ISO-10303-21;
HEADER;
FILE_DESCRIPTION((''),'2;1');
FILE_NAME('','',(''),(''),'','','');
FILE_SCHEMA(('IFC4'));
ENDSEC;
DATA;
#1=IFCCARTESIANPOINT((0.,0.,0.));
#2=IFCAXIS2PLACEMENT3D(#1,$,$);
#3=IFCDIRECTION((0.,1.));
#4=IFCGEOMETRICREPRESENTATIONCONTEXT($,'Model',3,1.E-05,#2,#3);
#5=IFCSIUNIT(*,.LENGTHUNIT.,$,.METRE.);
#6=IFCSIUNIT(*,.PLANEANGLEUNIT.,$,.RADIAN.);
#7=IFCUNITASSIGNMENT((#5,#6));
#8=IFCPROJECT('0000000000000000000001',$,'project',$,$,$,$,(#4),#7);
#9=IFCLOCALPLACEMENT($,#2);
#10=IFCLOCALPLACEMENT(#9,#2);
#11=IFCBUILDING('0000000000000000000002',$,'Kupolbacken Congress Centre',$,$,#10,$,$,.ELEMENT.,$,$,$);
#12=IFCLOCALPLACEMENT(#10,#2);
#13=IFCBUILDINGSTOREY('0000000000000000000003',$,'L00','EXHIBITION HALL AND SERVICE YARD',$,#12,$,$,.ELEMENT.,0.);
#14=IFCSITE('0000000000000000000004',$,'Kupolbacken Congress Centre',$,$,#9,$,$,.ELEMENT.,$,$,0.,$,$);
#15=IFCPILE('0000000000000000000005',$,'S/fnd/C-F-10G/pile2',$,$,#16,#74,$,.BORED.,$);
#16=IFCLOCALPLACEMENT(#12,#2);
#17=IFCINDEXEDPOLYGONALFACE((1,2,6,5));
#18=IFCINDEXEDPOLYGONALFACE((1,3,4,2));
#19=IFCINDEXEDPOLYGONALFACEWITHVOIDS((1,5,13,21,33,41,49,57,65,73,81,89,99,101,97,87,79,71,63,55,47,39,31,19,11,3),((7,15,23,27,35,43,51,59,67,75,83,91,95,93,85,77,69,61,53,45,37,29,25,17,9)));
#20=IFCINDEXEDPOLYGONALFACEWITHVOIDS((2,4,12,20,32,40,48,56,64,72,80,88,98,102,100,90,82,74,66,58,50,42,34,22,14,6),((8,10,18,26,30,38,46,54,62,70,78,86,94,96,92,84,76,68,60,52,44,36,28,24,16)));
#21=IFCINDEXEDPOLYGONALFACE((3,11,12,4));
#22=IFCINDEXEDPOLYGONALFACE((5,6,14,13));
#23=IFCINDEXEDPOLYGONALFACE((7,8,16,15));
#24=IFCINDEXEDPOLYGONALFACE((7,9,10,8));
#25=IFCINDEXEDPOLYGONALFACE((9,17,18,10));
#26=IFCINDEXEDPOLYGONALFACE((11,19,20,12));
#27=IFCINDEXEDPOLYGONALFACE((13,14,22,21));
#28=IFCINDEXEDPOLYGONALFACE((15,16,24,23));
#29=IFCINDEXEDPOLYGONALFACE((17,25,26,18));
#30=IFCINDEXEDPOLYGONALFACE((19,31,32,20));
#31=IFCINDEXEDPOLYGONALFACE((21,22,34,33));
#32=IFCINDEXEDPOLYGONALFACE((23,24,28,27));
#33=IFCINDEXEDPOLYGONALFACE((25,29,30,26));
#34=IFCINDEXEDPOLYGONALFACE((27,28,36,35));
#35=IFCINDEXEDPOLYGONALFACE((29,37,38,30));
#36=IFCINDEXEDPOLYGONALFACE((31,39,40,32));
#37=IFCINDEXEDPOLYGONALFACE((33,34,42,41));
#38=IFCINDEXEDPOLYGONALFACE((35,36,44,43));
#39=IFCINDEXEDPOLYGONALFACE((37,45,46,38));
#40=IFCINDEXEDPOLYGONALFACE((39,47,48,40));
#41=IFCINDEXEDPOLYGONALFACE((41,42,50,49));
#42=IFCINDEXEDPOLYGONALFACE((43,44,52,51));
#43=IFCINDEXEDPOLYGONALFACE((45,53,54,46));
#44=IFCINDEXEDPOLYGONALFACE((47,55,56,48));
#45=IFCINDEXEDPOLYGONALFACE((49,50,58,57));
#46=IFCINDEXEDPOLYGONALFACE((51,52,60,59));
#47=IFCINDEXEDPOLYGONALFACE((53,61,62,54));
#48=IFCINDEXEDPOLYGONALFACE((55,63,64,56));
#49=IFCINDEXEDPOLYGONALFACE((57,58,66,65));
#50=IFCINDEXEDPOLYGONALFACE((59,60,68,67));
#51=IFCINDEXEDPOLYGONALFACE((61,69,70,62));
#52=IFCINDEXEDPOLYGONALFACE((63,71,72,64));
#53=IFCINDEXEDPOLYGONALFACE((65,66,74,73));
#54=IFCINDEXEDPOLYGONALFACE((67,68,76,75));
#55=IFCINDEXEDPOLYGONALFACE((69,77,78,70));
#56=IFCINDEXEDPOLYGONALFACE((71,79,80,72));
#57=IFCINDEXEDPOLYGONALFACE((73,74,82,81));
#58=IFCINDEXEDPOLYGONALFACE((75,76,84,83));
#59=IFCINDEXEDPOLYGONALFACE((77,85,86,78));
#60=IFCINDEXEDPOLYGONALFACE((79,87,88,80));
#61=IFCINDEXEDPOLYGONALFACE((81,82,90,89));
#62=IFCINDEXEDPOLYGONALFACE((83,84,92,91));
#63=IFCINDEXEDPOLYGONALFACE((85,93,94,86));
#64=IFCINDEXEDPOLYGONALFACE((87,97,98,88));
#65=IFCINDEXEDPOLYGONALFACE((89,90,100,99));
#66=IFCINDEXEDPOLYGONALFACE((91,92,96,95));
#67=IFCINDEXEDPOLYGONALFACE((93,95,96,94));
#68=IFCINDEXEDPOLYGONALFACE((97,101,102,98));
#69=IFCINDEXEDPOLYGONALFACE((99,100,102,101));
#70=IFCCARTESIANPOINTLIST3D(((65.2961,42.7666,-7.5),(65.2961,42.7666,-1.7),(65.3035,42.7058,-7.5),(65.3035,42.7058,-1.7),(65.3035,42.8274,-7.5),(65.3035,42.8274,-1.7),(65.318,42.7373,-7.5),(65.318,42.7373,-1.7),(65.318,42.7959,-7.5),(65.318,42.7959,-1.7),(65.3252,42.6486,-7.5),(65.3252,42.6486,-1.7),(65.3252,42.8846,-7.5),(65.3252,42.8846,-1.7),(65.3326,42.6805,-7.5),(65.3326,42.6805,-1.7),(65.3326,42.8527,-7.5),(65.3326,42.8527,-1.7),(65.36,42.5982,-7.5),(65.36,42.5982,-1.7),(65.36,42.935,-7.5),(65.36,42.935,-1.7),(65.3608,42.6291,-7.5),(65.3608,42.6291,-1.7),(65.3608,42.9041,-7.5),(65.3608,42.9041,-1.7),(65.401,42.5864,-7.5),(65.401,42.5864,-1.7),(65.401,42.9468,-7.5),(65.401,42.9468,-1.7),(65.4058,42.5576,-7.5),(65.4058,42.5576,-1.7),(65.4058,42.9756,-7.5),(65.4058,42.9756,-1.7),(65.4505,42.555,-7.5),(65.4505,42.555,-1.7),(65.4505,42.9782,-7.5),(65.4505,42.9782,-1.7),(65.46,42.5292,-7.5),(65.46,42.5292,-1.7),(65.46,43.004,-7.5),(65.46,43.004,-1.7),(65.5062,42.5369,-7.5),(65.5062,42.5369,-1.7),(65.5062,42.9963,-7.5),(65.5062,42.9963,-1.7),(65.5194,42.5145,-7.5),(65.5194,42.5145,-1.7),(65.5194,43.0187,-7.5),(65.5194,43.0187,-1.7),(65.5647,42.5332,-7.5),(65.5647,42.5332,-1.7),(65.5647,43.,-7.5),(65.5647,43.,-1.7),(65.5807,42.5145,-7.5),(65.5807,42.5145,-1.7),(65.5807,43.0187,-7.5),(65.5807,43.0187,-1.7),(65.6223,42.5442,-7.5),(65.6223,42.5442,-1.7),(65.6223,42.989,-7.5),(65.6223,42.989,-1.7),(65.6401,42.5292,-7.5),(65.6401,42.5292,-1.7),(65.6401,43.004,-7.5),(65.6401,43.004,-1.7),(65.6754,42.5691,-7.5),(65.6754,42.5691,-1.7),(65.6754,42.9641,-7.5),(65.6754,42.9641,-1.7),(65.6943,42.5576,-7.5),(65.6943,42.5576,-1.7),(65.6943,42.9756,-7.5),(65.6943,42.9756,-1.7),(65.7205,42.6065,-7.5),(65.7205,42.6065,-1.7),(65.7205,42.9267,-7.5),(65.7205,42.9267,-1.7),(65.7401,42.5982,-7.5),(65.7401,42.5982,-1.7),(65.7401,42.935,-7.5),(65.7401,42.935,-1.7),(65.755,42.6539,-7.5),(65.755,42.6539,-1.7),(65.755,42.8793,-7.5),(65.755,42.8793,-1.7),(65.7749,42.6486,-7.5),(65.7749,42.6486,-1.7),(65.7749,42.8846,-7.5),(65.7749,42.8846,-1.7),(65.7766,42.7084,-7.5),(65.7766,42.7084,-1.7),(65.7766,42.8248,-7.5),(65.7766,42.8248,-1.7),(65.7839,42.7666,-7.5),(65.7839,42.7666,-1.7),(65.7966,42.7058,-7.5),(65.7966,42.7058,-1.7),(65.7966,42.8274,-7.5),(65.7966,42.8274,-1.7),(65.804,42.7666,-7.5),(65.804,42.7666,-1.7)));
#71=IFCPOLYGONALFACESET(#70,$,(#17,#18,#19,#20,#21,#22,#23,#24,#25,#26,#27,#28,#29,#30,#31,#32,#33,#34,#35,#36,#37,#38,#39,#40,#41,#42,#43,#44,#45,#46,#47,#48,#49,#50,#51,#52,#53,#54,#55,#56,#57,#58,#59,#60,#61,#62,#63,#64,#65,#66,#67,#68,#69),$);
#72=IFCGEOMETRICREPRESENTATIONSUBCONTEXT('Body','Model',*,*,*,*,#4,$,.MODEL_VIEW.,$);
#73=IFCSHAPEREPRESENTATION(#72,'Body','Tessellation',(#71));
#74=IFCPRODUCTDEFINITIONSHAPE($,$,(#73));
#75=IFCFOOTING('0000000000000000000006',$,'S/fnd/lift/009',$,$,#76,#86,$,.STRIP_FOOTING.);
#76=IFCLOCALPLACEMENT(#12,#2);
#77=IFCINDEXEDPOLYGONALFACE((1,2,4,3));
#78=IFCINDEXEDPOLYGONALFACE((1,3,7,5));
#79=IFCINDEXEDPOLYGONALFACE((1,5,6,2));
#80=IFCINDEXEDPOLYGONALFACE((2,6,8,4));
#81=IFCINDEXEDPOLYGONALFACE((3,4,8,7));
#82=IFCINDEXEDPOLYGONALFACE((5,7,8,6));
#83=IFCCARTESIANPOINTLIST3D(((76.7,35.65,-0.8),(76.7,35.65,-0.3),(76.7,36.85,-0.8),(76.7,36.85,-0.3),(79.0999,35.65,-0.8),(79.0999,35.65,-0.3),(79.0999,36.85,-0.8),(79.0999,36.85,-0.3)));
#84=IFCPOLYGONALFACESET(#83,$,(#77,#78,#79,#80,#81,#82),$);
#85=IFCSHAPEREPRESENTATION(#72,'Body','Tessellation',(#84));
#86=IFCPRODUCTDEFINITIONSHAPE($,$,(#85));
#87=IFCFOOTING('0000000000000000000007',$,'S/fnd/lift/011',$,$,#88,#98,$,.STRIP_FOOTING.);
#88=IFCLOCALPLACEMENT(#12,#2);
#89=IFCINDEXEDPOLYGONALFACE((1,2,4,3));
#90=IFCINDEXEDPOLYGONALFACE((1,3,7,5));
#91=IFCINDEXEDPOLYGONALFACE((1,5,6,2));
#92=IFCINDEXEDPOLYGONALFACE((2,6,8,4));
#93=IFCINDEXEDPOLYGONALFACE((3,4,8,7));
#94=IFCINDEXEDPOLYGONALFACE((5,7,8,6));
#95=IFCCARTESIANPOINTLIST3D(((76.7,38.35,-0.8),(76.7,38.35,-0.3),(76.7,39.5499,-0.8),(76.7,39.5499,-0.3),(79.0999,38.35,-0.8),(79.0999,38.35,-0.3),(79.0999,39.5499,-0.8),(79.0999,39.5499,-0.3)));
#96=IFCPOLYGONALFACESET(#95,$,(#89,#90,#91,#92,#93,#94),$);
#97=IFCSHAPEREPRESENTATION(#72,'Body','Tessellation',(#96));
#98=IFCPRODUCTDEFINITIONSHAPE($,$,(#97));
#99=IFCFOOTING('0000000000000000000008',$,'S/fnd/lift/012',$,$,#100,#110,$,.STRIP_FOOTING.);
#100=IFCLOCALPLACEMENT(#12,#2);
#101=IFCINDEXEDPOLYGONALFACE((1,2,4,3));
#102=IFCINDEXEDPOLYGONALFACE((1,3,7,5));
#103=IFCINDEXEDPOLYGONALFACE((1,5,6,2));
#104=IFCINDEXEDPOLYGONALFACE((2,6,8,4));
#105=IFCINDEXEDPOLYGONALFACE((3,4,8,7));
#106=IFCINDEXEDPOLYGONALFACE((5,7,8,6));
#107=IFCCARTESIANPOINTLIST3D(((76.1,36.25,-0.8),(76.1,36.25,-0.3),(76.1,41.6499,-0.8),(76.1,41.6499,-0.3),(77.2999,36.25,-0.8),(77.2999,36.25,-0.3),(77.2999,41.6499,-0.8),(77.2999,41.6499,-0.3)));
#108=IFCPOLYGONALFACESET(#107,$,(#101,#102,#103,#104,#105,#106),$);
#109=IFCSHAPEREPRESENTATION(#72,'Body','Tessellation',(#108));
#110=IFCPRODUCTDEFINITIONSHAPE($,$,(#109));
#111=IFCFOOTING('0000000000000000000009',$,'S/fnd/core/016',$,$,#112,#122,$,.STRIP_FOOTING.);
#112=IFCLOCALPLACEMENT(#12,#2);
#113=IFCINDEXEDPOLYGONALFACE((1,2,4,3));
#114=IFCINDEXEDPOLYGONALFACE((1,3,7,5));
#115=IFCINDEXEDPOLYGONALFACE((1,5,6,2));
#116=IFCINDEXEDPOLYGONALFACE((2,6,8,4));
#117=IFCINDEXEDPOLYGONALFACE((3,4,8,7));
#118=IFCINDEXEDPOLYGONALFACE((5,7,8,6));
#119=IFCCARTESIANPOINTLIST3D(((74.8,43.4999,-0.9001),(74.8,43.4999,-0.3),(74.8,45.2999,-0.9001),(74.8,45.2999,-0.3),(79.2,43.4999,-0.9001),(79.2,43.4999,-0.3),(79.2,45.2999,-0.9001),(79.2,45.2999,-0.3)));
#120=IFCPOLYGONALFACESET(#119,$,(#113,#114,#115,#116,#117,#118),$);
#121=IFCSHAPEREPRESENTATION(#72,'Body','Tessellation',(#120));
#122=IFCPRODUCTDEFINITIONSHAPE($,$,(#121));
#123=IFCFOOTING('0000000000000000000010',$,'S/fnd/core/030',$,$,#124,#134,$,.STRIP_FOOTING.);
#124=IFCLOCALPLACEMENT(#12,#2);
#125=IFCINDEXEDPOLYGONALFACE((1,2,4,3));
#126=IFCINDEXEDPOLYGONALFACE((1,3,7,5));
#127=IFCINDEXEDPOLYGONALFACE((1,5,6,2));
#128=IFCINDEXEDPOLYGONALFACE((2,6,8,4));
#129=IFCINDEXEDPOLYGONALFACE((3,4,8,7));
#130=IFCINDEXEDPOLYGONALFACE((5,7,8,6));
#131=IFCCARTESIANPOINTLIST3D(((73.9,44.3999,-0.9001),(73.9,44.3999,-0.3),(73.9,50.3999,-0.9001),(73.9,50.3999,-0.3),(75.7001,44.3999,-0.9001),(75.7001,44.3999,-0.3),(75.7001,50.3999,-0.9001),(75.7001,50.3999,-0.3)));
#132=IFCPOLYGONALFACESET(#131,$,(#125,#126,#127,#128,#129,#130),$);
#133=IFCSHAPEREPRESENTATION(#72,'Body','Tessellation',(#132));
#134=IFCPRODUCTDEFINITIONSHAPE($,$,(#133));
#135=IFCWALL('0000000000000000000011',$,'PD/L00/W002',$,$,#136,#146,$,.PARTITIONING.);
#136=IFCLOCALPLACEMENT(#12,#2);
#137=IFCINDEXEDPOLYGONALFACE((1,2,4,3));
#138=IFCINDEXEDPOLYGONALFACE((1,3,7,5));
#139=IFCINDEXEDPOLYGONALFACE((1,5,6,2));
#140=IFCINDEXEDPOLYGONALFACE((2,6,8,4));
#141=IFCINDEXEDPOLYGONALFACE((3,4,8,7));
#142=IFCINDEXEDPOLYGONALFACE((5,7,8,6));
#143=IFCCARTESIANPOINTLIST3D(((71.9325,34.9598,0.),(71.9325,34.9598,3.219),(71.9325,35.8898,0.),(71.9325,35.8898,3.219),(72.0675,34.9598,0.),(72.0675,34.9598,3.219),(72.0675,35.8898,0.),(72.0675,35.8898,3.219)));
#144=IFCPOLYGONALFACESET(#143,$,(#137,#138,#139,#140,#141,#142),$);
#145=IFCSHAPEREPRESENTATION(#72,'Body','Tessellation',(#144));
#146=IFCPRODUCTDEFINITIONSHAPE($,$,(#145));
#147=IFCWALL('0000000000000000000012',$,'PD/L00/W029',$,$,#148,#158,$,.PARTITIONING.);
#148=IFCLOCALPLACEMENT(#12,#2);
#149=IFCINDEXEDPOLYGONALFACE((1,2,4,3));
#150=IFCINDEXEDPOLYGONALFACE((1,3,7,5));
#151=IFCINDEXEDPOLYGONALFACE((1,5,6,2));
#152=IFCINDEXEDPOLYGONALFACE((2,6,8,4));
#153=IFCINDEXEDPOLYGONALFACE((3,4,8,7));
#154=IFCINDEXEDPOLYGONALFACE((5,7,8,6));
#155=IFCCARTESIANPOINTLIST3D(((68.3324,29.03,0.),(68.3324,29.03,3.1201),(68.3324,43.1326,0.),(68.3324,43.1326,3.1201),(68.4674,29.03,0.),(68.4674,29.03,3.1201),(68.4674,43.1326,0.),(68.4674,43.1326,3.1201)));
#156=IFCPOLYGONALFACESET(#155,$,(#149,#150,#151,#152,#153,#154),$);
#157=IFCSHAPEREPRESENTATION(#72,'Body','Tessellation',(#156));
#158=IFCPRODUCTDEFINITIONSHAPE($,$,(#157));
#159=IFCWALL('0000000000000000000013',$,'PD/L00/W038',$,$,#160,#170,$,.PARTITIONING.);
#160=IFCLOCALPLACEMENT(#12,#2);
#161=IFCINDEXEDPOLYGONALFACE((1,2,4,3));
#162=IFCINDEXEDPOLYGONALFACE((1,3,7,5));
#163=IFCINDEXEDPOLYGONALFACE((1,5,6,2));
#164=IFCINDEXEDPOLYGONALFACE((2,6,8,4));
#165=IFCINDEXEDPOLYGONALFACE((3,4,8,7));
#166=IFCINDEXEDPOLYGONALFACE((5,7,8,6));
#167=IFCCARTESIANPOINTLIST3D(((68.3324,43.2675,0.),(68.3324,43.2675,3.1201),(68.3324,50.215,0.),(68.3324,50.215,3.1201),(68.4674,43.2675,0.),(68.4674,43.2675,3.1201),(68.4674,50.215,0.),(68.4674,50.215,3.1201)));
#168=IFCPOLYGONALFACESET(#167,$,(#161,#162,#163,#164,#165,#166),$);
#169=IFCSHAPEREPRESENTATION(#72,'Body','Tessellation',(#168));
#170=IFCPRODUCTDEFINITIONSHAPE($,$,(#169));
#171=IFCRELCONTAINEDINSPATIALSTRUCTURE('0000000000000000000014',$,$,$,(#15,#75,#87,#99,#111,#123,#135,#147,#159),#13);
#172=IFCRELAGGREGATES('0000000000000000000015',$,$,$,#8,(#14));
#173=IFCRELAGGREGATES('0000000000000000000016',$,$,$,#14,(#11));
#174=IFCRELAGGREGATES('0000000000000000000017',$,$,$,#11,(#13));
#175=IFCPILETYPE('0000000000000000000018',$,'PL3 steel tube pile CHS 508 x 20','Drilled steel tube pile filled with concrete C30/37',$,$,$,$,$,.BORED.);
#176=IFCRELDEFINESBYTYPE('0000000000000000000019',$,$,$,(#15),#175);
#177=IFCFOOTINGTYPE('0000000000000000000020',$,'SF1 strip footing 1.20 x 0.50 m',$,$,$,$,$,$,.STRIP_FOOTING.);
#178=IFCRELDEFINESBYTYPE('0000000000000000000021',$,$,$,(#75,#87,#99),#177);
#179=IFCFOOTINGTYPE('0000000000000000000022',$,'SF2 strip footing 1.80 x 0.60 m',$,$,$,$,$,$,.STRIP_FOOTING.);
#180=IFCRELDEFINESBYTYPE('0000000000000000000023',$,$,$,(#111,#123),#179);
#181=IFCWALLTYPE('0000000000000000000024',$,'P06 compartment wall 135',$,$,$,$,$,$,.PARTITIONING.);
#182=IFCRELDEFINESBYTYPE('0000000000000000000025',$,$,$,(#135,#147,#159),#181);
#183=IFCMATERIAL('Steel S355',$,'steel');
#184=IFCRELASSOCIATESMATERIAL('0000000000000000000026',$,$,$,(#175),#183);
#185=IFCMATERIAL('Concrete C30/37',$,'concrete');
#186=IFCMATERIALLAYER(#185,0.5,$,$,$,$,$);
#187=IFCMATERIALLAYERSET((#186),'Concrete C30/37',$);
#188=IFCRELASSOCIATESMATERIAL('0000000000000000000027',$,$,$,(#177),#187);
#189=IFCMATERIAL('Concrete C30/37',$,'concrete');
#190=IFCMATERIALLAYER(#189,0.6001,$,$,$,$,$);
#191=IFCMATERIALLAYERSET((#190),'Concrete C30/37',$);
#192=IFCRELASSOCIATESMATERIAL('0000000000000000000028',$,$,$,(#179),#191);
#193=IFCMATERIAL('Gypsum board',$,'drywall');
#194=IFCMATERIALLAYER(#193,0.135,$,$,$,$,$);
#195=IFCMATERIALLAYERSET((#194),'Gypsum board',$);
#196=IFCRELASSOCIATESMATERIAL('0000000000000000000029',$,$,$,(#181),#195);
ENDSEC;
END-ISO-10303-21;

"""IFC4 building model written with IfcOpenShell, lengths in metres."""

from ifc_helpers import new_model, si_unit, direction, frame, frame_2d, origin, origin_2d, place, context, subcontext, project, spatial, rectangle, hollow_circle, extrude, material, layer, layer_set, material_profile, profile_set, type_object, element, save


model = new_model("IFC4")

# Units and contexts
model_context = context("Model", 3, precision=1e-05, world=origin(), true_north=direction((0.0, 1.0)))
body_context = subcontext(model_context, "Body", "Model", "MODEL_VIEW")
ifc_project = project(units=[si_unit("LENGTHUNIT", "METRE"), si_unit("PLANEANGLEUNIT", "RADIAN")], contexts=[model_context])

# Site, building, storey
site_placement = place(None, origin())
site = spatial("IfcSite", under=ifc_project, at=site_placement, Name="Kupolbacken Congress Centre", CompositionType="ELEMENT", RefElevation=0.0)
building_placement = place(site_placement, origin())
building = spatial("IfcBuilding", under=site, at=building_placement, Name="Kupolbacken Congress Centre", CompositionType="ELEMENT")
storey_placement = place(building_placement, origin())
storey = spatial("IfcBuildingStorey", under=building, at=storey_placement, Name="L00", Description="EXHIBITION HALL AND SERVICE YARD", CompositionType="ELEMENT", Elevation=0.0)

# Pile
ifc_material_1 = material(Name="Steel S355", Category="steel")
ifc_material_profile = material_profile(ifc_material_1, hollow_circle(Radius=0.2539, WallThickness=0.02, at=origin_2d()), Name="CHS 508 x 20")
ifc_profile_set = profile_set([ifc_material_profile], Name="Steel S355")
pile_type = type_object("IfcPileType", Name="PL3 steel tube pile CHS 508 x 20", Description="Drilled steel tube pile filled with concrete C30/37", PredefinedType="BORED", material=ifc_profile_set)
pile_placement = place(storey_placement, frame((65.55, 42.7666, -1.7), z_axis=(0.0, 0.0, -1.0), x_axis=(1.0, 0.0, 0.0)))
element("IfcPile", 1, at=pile_placement, inside=storey, type_object=pile_type, Name="S/fnd/C-F-10G/pile2", PredefinedType="BORED", context=body_context, shape_type="SweptSolid", body=[
    extrude(hollow_circle(Radius=0.2539, WallThickness=0.02, at=origin_2d()), origin(), (0.0, 0.0, 1.0), 5.8),
])

# Footings
ifc_material_2 = material(Name="Concrete C30/37", Category="concrete")
ifc_layer_1 = layer(ifc_material_2, 0.5)
ifc_layer_set_1 = layer_set([ifc_layer_1], Name="Concrete C30/37")
footing_type_1 = type_object("IfcFootingType", Name="SF1 strip footing 1.20 x 0.50 m", PredefinedType="STRIP_FOOTING", material=ifc_layer_set_1)
for number, where, z_axis, x_axis, name in (
    (2, (77.8999, 36.25, -0.8), (0.0, 0.0, 1.0), (1.0, 0.0, 0.0), "S/fnd/lift/009"),
    (3, (77.8999, 38.95, -0.8), (0.0, 0.0, 1.0), (1.0, 0.0, 0.0), "S/fnd/lift/011"),
):
    element("IfcFooting", number, at=place(storey_placement, frame(where, z_axis=z_axis, x_axis=x_axis)), inside=storey, type_object=footing_type_1, Name=name, PredefinedType="STRIP_FOOTING", context=body_context, shape_type="SweptSolid", body=[
        extrude(rectangle(XDim=2.3999, YDim=1.2, at=origin_2d()), origin(), (0.0, 0.0, 1.0), 0.5),
    ])
footing_1_placement = place(storey_placement, frame((76.7, 38.95, -0.8), z_axis=(0.0, 0.0, 1.0), x_axis=(0.0, 1.0, 0.0)))
element("IfcFooting", 4, at=footing_1_placement, inside=storey, type_object=footing_type_1, Name="S/fnd/lift/012", PredefinedType="STRIP_FOOTING", context=body_context, shape_type="SweptSolid", body=[
    extrude(rectangle(XDim=5.3999, YDim=1.2, at=origin_2d()), origin(), (0.0, 0.0, 1.0), 0.5),
])
ifc_material_3 = material(Name="Concrete C30/37", Category="concrete")
ifc_layer_2 = layer(ifc_material_3, 0.6001)
ifc_layer_set_2 = layer_set([ifc_layer_2], Name="Concrete C30/37")
footing_type_2 = type_object("IfcFootingType", Name="SF2 strip footing 1.80 x 0.60 m", PredefinedType="STRIP_FOOTING", material=ifc_layer_set_2)
footing_2_placement = place(storey_placement, frame((77.0, 44.3999, -0.9001), z_axis=(0.0, 0.0, 1.0), x_axis=(1.0, 0.0, 0.0)))
element("IfcFooting", 5, at=footing_2_placement, inside=storey, type_object=footing_type_2, Name="S/fnd/core/016", PredefinedType="STRIP_FOOTING", context=body_context, shape_type="SweptSolid", body=[
    extrude(rectangle(XDim=4.3999, YDim=1.8, at=origin_2d()), origin(), (0.0, 0.0, 1.0), 0.6001),
])
footing_3_placement = place(storey_placement, frame((74.8, 47.3999, -0.9001), z_axis=(0.0, 0.0, 1.0), x_axis=(0.0, 1.0, 0.0)))
element("IfcFooting", 6, at=footing_3_placement, inside=storey, type_object=footing_type_2, Name="S/fnd/core/030", PredefinedType="STRIP_FOOTING", context=body_context, shape_type="SweptSolid", body=[
    extrude(rectangle(XDim=6.0, YDim=1.8, at=origin_2d()), origin(), (0.0, 0.0, 1.0), 0.6001),
])

# Walls
ifc_material_4 = material(Name="Gypsum board", Category="drywall")
ifc_layer_3 = layer(ifc_material_4, 0.135)
ifc_layer_set_3 = layer_set([ifc_layer_3], Name="Gypsum board")
wall_type_1 = type_object("IfcWallType", Name="P06 compartment wall 135", PredefinedType="PARTITIONING", material=ifc_layer_set_3)
wall_1_placement = place(storey_placement, frame((72.0, 34.96, 0.0), z_axis=(0.0, 0.0, 1.0), x_axis=(0.0, 1.0, 0.0)))
element("IfcWall", 7, at=wall_1_placement, inside=storey, type_object=wall_type_1, Name="PD/L00/W002", PredefinedType="PARTITIONING", context=body_context, shape_type="SweptSolid", body=[
    extrude(rectangle(XDim=0.9299, YDim=0.135, at=frame_2d((0.4648, 0.0))), origin(), (0.0, 0.0, 1.0), 3.219),
])
wall_2_placement = place(storey_placement, frame((68.3999, 43.1326, 0.0), z_axis=(0.0, 0.0, 1.0), x_axis=(0.0, -1.0, 0.0)))
element("IfcWall", 8, at=wall_2_placement, inside=storey, type_object=wall_type_1, Name="PD/L00/W029", PredefinedType="PARTITIONING", context=body_context, shape_type="SweptSolid", body=[
    extrude(rectangle(XDim=14.1025, YDim=0.135, at=frame_2d((7.0513, 0.0))), origin(), (0.0, 0.0, 1.0), 3.1201),
])
wall_3_placement = place(storey_placement, frame((68.3999, 43.2676, 0.0), z_axis=(0.0, 0.0, 1.0), x_axis=(0.0, 1.0, 0.0)))
element("IfcWall", 9, at=wall_3_placement, inside=storey, type_object=wall_type_1, Name="PD/L00/W038", PredefinedType="PARTITIONING", context=body_context, shape_type="SweptSolid", body=[
    extrude(rectangle(XDim=6.9475, YDim=0.135, at=frame_2d((3.4736, 0.0))), origin(), (0.0, 0.0, 1.0), 3.1201),
])

save(model, "model.ifc")
